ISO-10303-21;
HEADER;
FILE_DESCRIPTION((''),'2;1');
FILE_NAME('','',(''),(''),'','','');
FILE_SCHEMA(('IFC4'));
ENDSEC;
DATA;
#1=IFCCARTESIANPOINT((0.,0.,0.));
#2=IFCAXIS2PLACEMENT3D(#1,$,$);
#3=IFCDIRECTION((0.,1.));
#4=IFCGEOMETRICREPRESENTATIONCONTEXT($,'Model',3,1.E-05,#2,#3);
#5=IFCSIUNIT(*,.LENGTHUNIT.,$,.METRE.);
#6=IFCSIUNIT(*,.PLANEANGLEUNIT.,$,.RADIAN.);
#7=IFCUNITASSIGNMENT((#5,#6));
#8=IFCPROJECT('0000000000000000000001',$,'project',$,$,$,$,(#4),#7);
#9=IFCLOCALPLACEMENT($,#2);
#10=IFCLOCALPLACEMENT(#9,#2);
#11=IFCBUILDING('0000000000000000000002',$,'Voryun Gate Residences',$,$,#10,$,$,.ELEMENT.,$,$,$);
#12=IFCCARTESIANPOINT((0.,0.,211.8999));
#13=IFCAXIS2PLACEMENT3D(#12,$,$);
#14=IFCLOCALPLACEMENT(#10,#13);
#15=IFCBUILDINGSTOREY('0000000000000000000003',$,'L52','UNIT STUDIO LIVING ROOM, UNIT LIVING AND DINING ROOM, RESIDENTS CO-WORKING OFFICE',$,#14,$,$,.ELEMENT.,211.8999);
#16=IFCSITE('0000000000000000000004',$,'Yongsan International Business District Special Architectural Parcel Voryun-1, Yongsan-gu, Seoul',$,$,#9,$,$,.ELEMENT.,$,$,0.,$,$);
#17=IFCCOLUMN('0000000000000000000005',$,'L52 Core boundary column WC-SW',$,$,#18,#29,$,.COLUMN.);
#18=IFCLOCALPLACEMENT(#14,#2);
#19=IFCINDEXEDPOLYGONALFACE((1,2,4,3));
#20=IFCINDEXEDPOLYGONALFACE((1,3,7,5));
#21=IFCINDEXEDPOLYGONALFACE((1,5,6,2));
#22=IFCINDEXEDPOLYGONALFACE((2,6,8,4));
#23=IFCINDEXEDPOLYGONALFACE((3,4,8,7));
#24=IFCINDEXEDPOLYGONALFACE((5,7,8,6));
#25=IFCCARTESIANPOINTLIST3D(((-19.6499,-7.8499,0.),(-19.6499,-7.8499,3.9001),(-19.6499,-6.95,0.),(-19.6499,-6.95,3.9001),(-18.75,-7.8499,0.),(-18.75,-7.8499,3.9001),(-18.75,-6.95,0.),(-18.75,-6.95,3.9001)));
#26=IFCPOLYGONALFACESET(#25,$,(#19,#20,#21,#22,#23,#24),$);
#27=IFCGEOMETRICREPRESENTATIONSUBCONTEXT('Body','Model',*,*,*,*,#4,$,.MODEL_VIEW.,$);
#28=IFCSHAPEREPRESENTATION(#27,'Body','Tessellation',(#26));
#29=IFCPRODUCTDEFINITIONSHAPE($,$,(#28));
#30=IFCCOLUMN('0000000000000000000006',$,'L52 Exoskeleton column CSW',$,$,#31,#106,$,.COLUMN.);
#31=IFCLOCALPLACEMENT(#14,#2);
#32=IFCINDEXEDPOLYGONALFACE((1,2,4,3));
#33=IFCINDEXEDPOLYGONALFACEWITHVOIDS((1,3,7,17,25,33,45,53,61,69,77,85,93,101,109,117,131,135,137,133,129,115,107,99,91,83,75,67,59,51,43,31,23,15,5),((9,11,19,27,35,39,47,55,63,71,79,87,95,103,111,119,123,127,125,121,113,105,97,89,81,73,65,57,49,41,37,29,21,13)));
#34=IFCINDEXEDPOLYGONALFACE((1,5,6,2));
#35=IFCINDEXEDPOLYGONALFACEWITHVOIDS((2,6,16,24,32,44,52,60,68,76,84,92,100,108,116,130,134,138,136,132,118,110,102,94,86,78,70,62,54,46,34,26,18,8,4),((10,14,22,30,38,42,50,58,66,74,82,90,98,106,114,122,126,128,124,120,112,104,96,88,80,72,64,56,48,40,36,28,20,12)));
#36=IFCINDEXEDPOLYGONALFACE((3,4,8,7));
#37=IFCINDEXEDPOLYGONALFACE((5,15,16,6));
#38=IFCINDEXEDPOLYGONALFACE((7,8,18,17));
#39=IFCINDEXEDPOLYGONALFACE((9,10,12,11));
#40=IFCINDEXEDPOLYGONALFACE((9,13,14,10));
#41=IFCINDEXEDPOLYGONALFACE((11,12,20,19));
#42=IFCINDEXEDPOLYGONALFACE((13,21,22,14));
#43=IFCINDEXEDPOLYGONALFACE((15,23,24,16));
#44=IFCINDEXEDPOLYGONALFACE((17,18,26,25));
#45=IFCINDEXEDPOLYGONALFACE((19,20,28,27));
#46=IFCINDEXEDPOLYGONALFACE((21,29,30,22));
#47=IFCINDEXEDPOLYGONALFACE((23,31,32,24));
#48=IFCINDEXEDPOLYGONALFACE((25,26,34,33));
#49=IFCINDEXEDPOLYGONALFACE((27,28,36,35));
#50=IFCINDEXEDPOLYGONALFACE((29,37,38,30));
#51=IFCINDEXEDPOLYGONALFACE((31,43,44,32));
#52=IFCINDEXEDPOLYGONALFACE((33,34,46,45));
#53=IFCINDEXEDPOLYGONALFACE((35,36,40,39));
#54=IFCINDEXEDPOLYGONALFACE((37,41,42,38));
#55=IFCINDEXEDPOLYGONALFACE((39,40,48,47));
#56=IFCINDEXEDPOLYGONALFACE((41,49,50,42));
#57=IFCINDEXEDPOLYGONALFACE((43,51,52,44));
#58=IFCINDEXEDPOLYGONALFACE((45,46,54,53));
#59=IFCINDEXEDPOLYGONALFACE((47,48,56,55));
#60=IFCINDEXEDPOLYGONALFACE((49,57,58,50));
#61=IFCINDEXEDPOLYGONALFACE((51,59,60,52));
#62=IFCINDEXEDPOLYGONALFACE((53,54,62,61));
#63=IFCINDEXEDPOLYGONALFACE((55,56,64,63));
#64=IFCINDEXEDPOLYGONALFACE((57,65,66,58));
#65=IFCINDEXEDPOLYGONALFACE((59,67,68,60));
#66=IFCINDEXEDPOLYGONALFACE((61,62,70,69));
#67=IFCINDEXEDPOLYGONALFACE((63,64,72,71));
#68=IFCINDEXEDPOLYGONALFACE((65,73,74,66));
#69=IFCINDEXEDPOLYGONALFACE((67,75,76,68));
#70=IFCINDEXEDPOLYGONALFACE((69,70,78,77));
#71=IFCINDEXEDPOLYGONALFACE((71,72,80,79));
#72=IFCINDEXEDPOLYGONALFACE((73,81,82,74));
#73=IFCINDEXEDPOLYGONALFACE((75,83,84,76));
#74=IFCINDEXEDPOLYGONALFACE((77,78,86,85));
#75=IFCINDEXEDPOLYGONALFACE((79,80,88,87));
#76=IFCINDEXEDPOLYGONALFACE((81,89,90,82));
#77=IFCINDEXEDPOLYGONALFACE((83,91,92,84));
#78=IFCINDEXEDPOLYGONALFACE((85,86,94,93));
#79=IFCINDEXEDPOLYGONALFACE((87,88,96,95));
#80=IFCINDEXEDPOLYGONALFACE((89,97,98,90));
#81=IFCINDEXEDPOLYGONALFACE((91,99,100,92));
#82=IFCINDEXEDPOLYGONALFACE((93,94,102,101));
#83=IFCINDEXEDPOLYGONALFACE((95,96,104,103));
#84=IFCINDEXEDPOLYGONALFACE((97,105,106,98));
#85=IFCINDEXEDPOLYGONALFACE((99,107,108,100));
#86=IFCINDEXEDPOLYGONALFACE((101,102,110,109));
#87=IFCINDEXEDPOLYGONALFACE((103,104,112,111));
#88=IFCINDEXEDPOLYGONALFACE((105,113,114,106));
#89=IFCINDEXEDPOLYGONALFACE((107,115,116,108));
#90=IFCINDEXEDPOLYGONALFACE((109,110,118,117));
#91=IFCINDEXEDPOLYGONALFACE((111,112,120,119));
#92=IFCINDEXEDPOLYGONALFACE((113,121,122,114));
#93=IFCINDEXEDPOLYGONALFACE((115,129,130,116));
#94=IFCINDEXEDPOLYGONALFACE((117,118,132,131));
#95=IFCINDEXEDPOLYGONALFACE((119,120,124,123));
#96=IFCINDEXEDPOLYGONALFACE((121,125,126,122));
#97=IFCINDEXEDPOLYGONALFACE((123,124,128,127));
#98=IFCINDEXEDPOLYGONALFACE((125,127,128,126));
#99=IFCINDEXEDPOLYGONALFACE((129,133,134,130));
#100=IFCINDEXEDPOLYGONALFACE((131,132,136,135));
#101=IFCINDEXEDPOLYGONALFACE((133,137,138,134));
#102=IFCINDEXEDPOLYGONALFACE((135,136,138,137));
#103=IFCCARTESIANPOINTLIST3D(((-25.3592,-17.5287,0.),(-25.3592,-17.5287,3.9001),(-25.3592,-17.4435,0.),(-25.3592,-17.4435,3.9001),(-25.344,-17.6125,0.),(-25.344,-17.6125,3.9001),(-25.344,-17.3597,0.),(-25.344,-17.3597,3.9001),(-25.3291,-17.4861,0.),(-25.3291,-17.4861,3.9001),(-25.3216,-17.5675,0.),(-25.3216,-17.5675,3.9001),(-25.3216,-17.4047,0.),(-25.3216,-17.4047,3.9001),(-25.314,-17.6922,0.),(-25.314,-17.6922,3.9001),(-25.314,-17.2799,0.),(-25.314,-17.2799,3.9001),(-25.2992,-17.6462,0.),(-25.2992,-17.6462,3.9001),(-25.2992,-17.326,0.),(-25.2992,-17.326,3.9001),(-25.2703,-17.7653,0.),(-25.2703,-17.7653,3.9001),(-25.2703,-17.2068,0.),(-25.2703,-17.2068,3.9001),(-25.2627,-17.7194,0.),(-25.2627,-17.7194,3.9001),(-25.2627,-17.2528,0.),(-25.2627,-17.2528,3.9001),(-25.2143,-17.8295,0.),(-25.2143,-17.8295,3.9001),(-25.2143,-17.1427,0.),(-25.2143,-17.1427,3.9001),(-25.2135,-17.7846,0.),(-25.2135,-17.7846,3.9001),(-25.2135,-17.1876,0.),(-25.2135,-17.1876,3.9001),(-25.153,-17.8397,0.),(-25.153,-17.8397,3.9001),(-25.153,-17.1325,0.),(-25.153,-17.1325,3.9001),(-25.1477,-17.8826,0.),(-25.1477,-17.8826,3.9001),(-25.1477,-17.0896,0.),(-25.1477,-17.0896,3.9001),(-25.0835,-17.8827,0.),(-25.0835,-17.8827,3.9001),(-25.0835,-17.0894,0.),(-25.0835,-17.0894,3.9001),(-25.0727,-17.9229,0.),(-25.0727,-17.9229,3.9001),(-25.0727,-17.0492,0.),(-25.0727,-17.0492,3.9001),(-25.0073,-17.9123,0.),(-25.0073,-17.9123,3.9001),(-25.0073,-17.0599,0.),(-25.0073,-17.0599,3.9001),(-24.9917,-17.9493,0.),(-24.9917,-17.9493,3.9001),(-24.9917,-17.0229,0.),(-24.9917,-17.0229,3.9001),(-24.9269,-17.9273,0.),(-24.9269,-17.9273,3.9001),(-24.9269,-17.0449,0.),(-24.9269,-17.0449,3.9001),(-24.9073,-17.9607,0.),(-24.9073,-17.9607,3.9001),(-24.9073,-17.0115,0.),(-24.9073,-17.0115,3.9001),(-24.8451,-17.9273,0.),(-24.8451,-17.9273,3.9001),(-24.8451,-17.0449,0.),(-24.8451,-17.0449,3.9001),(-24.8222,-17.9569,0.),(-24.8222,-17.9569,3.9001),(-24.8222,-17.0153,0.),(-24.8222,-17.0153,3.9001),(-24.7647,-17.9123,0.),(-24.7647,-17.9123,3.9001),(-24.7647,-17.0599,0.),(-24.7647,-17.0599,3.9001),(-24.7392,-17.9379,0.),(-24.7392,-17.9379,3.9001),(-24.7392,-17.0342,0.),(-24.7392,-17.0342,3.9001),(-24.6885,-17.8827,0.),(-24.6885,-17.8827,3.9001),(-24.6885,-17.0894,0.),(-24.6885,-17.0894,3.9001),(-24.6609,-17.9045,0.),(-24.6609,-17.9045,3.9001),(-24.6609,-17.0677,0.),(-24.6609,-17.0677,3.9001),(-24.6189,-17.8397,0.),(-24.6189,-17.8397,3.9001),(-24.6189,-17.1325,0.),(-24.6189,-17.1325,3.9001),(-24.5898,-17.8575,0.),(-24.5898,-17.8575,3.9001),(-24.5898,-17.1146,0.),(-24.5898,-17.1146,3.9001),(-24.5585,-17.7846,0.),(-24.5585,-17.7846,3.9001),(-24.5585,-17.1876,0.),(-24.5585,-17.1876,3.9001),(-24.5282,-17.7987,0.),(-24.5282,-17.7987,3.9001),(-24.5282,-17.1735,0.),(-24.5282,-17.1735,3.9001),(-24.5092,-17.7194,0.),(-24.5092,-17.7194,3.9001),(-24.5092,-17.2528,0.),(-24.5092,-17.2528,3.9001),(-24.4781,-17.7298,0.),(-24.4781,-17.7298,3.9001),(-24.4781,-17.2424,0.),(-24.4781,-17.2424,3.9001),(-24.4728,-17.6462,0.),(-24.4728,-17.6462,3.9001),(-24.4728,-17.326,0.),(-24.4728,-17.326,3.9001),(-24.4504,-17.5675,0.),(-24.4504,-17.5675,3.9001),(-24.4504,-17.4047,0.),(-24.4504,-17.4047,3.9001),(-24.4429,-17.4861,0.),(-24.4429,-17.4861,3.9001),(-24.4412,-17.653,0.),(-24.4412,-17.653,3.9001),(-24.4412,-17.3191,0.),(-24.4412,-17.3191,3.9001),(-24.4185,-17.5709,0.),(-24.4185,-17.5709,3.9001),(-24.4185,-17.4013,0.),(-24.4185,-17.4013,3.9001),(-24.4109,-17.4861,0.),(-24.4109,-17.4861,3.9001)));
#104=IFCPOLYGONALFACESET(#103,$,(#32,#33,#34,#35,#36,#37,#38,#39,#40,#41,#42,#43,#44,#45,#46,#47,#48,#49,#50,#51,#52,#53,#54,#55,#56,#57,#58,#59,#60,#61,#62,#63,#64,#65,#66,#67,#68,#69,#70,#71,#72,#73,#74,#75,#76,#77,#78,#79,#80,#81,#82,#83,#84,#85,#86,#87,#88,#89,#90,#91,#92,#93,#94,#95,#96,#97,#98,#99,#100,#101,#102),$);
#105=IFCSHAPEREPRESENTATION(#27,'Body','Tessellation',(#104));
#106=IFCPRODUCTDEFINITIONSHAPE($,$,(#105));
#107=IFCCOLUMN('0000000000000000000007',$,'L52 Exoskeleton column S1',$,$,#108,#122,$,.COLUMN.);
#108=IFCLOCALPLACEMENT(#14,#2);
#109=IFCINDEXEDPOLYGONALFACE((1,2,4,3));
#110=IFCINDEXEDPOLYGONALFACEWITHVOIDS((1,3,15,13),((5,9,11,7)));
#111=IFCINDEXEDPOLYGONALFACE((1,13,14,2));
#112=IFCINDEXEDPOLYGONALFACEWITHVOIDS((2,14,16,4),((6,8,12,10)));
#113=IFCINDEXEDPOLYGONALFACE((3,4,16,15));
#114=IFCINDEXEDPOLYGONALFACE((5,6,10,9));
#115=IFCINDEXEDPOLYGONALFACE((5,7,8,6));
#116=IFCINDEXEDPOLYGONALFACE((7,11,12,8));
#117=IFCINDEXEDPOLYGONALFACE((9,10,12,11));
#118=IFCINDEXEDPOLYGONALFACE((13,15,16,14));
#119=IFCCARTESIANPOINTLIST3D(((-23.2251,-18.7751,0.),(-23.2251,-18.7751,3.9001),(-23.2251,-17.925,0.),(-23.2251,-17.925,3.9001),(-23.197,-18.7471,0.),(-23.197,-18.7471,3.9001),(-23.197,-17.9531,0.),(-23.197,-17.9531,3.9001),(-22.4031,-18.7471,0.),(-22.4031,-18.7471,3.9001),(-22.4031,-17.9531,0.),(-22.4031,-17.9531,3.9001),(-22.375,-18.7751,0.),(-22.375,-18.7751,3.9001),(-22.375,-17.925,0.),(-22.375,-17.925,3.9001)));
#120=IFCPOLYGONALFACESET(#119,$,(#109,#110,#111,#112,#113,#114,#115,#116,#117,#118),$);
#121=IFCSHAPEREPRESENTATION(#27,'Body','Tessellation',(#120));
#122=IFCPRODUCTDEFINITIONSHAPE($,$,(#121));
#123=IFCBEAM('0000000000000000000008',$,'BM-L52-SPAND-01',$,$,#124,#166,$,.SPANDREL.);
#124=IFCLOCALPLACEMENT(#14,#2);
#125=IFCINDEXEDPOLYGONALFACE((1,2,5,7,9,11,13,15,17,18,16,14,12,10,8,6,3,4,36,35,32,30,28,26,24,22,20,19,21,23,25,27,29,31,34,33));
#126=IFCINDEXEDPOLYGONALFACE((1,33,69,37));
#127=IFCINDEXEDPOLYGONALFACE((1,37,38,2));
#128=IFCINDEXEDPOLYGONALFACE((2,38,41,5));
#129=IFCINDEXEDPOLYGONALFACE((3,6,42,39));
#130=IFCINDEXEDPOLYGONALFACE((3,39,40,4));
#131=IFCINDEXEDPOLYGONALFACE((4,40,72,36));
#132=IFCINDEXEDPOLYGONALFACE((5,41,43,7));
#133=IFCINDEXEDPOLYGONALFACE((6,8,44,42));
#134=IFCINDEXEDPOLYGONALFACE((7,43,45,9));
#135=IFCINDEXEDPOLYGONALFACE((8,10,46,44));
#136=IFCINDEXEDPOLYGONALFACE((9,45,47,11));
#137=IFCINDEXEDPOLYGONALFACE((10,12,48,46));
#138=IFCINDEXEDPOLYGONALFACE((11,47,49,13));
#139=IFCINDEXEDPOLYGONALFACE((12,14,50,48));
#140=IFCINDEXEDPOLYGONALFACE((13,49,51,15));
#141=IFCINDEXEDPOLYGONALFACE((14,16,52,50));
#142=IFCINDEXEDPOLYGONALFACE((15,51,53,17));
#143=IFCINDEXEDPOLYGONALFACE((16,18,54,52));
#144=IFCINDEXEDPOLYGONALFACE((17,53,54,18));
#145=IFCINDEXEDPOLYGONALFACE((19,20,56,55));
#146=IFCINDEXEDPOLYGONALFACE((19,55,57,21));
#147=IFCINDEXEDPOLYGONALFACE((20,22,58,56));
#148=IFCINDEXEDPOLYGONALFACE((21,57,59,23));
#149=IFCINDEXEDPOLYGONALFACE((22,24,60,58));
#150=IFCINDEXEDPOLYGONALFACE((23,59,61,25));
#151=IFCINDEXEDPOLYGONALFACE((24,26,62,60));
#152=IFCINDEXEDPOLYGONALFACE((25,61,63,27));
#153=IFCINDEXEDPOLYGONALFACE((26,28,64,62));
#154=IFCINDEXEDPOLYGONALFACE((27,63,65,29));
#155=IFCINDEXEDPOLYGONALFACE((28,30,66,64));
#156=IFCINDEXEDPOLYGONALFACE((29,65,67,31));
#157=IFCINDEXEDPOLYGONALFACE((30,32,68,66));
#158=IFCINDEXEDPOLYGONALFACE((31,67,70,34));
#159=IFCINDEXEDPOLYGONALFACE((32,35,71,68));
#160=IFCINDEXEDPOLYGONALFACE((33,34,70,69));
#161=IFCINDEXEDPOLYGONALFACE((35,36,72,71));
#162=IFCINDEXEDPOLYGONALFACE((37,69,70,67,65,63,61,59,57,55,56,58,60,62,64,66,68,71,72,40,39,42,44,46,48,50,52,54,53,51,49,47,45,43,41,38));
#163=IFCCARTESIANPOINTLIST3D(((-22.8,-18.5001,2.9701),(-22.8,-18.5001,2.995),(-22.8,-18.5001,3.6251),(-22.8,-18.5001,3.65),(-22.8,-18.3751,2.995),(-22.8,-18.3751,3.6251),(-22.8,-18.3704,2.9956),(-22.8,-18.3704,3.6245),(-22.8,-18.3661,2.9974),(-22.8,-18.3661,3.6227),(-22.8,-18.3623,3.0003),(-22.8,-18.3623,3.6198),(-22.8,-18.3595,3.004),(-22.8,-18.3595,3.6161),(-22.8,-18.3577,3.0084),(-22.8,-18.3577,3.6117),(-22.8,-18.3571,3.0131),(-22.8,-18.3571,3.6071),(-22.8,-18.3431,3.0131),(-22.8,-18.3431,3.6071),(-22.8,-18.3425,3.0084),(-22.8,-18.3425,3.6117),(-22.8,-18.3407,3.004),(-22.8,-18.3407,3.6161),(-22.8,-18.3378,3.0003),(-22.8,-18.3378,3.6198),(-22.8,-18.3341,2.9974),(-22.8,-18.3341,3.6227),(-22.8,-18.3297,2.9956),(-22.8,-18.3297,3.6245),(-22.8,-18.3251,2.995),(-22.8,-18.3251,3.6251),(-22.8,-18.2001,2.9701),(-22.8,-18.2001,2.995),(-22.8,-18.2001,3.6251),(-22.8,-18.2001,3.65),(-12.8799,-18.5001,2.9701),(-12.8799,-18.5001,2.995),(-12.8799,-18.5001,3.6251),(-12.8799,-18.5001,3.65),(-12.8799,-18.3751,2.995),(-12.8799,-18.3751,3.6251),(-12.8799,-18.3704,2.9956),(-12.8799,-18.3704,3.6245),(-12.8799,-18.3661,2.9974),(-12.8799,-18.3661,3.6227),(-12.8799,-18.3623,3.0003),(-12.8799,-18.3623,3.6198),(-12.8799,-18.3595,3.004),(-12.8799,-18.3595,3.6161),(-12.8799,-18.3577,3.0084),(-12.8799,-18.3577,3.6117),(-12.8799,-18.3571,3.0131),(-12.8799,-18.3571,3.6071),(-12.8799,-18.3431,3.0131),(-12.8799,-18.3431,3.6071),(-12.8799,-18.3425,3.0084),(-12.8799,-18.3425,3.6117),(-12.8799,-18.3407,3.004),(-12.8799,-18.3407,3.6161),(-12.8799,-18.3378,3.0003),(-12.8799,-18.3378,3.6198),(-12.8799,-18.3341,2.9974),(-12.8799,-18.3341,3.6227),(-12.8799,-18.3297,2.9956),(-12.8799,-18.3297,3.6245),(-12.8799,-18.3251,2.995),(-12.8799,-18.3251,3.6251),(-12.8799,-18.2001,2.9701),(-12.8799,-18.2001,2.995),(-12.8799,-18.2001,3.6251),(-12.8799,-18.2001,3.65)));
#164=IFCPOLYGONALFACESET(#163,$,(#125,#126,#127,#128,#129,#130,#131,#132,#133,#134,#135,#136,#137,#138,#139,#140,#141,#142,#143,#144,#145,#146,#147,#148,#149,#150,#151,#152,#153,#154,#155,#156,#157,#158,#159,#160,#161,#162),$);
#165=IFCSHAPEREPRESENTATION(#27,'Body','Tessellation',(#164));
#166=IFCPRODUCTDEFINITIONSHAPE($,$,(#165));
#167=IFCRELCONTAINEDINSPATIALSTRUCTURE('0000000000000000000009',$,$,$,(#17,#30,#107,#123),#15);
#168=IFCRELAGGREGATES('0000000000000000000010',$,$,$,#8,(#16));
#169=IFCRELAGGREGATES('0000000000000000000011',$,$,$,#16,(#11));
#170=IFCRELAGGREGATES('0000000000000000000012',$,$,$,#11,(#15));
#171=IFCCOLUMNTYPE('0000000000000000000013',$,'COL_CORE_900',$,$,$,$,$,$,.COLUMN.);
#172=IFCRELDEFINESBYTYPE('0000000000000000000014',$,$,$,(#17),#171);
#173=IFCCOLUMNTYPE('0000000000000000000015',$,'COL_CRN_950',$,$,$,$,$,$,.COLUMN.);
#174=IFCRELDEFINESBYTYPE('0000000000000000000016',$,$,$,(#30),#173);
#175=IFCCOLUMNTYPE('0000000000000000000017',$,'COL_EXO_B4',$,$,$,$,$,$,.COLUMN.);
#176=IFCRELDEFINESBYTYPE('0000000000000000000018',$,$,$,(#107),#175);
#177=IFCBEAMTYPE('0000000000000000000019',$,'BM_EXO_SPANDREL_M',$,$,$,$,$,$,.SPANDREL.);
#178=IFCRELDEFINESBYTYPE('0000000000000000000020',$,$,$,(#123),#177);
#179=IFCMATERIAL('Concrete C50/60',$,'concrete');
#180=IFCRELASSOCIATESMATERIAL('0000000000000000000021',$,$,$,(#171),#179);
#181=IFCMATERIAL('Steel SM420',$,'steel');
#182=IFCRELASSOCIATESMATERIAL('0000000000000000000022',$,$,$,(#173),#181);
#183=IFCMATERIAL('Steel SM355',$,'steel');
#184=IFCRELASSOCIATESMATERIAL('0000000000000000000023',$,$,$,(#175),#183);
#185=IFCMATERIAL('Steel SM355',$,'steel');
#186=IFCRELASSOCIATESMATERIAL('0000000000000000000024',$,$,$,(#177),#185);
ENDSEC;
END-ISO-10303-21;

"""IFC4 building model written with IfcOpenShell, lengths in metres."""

from ifc_helpers import new_model, si_unit, direction, frame, origin, origin_2d, place, context, subcontext, project, spatial, rectangle, hollow_rectangle, hollow_circle, i_section, extrude, material, material_profile, profile_set, type_object, element, save


model = new_model("IFC4")

# Units and contexts
model_context = context("Model", 3, precision=1e-05, world=origin(), true_north=direction((0.0, 1.0)))
body_context = subcontext(model_context, "Body", "Model", "MODEL_VIEW")
ifc_project = project(units=[si_unit("LENGTHUNIT", "METRE"), si_unit("PLANEANGLEUNIT", "RADIAN")], contexts=[model_context])

# Site, building, storey
site_placement = place(None, origin())
site = spatial("IfcSite", under=ifc_project, at=site_placement, Name="Yongsan International Business District Special Architectural Parcel Voryun-1, Yongsan-gu, Seoul", CompositionType="ELEMENT", RefElevation=0.0)
building_placement = place(site_placement, origin())
building = spatial("IfcBuilding", under=site, at=building_placement, Name="Voryun Gate Residences", CompositionType="ELEMENT")
storey_placement = place(building_placement, frame((0.0, 0.0, 211.8999)))
storey = spatial("IfcBuildingStorey", under=building, at=storey_placement, Name="L52", Description="UNIT STUDIO LIVING ROOM, UNIT LIVING AND DINING ROOM, RESIDENTS CO-WORKING OFFICE", CompositionType="ELEMENT", Elevation=211.8999)

# Columns
ifc_material_1 = material(Name="Concrete C50/60", Category="concrete")
ifc_material_profile_1 = material_profile(ifc_material_1, rectangle(XDim=0.8999, YDim=0.8999, at=origin_2d()), Name="RC-900x900")
ifc_profile_set_1 = profile_set([ifc_material_profile_1], Name="Concrete C50/60")
column_type_1 = type_object("IfcColumnType", Name="COL_CORE_900", PredefinedType="COLUMN", material=ifc_profile_set_1)
column_1_placement = place(storey_placement, frame((-19.2, -7.3999, 0.0), z_axis=(0.0, 0.0, 1.0), x_axis=(1.0, 0.0, 0.0)))
element("IfcColumn", 1, at=column_1_placement, inside=storey, type_object=column_type_1, Name="L52 Core boundary column WC-SW", PredefinedType="COLUMN", context=body_context, shape_type="SweptSolid", body=[
    extrude(rectangle(XDim=0.8999, YDim=0.8999, at=origin_2d()), origin(), (0.0, 0.0, 1.0), 3.9001),
])
ifc_material_2 = material(Name="Steel SM420", Category="steel")
ifc_material_profile_2 = material_profile(ifc_material_2, hollow_circle(Radius=0.4751, WallThickness=0.032, at=origin_2d()), Name="CHS-950x32")
ifc_profile_set_2 = profile_set([ifc_material_profile_2], Name="Steel SM420")
column_type_2 = type_object("IfcColumnType", Name="COL_CRN_950", PredefinedType="COLUMN", material=ifc_profile_set_2)
column_2_placement = place(storey_placement, frame((-24.886, -17.4861, 0.0), z_axis=(0.0, 0.0, 1.0), x_axis=(1.0, 0.0, 0.0)))
element("IfcColumn", 2, at=column_2_placement, inside=storey, type_object=column_type_2, Name="L52 Exoskeleton column CSW", PredefinedType="COLUMN", context=body_context, shape_type="SweptSolid", body=[
    extrude(hollow_circle(Radius=0.4751, WallThickness=0.032, at=origin_2d()), origin(), (0.0, 0.0, 1.0), 3.9001),
])
ifc_material_3 = material(Name="Steel SM355", Category="steel")
ifc_material_profile_3 = material_profile(ifc_material_3, hollow_rectangle(XDim=0.8501, YDim=0.8501, WallThickness=0.0281, at=origin_2d()), Name="BOX-850x850x28")
ifc_profile_set_3 = profile_set([ifc_material_profile_3], Name="Steel SM355")
column_type_3 = type_object("IfcColumnType", Name="COL_EXO_B4", PredefinedType="COLUMN", material=ifc_profile_set_3)
column_3_placement = place(storey_placement, frame((-22.8, -18.3501, 0.0), z_axis=(0.0, 0.0, 1.0), x_axis=(1.0, 0.0, 0.0)))
element("IfcColumn", 3, at=column_3_placement, inside=storey, type_object=column_type_3, Name="L52 Exoskeleton column S1", PredefinedType="COLUMN", context=body_context, shape_type="SweptSolid", body=[
    extrude(hollow_rectangle(XDim=0.8501, YDim=0.8501, WallThickness=0.0281, at=origin_2d()), origin(), (0.0, 0.0, 1.0), 3.9001),
])

# Beam
ifc_material_4 = material(Name="Steel SM355", Category="steel")
ifc_material_profile_4 = material_profile(ifc_material_4, i_section(OverallWidth=0.3, OverallDepth=0.6799, WebThickness=0.0139, FlangeThickness=0.0249, FilletRadius=0.0181, at=origin_2d()), Name="H-680x300x14x25")
ifc_profile_set_4 = profile_set([ifc_material_profile_4], Name="Steel SM355")
beam_type_1 = type_object("IfcBeamType", Name="BM_EXO_SPANDREL_M", PredefinedType="SPANDREL", material=ifc_profile_set_4)
beam_1_placement = place(storey_placement, frame((-22.8, -18.3501, 3.3101), z_axis=(1.0, 0.0, 0.0), x_axis=(0.0, 1.0, 0.0)))
element("IfcBeam", 4, at=beam_1_placement, inside=storey, type_object=beam_type_1, Name="BM-L52-SPAND-01", PredefinedType="SPANDREL", context=body_context, shape_type="SweptSolid", body=[
    extrude(i_section(OverallWidth=0.3, OverallDepth=0.6799, WebThickness=0.0139, FlangeThickness=0.0249, FilletRadius=0.0181, at=origin_2d()), origin(), (0.0, 0.0, 1.0), 9.9202),
])

save(model, "model.ifc")
